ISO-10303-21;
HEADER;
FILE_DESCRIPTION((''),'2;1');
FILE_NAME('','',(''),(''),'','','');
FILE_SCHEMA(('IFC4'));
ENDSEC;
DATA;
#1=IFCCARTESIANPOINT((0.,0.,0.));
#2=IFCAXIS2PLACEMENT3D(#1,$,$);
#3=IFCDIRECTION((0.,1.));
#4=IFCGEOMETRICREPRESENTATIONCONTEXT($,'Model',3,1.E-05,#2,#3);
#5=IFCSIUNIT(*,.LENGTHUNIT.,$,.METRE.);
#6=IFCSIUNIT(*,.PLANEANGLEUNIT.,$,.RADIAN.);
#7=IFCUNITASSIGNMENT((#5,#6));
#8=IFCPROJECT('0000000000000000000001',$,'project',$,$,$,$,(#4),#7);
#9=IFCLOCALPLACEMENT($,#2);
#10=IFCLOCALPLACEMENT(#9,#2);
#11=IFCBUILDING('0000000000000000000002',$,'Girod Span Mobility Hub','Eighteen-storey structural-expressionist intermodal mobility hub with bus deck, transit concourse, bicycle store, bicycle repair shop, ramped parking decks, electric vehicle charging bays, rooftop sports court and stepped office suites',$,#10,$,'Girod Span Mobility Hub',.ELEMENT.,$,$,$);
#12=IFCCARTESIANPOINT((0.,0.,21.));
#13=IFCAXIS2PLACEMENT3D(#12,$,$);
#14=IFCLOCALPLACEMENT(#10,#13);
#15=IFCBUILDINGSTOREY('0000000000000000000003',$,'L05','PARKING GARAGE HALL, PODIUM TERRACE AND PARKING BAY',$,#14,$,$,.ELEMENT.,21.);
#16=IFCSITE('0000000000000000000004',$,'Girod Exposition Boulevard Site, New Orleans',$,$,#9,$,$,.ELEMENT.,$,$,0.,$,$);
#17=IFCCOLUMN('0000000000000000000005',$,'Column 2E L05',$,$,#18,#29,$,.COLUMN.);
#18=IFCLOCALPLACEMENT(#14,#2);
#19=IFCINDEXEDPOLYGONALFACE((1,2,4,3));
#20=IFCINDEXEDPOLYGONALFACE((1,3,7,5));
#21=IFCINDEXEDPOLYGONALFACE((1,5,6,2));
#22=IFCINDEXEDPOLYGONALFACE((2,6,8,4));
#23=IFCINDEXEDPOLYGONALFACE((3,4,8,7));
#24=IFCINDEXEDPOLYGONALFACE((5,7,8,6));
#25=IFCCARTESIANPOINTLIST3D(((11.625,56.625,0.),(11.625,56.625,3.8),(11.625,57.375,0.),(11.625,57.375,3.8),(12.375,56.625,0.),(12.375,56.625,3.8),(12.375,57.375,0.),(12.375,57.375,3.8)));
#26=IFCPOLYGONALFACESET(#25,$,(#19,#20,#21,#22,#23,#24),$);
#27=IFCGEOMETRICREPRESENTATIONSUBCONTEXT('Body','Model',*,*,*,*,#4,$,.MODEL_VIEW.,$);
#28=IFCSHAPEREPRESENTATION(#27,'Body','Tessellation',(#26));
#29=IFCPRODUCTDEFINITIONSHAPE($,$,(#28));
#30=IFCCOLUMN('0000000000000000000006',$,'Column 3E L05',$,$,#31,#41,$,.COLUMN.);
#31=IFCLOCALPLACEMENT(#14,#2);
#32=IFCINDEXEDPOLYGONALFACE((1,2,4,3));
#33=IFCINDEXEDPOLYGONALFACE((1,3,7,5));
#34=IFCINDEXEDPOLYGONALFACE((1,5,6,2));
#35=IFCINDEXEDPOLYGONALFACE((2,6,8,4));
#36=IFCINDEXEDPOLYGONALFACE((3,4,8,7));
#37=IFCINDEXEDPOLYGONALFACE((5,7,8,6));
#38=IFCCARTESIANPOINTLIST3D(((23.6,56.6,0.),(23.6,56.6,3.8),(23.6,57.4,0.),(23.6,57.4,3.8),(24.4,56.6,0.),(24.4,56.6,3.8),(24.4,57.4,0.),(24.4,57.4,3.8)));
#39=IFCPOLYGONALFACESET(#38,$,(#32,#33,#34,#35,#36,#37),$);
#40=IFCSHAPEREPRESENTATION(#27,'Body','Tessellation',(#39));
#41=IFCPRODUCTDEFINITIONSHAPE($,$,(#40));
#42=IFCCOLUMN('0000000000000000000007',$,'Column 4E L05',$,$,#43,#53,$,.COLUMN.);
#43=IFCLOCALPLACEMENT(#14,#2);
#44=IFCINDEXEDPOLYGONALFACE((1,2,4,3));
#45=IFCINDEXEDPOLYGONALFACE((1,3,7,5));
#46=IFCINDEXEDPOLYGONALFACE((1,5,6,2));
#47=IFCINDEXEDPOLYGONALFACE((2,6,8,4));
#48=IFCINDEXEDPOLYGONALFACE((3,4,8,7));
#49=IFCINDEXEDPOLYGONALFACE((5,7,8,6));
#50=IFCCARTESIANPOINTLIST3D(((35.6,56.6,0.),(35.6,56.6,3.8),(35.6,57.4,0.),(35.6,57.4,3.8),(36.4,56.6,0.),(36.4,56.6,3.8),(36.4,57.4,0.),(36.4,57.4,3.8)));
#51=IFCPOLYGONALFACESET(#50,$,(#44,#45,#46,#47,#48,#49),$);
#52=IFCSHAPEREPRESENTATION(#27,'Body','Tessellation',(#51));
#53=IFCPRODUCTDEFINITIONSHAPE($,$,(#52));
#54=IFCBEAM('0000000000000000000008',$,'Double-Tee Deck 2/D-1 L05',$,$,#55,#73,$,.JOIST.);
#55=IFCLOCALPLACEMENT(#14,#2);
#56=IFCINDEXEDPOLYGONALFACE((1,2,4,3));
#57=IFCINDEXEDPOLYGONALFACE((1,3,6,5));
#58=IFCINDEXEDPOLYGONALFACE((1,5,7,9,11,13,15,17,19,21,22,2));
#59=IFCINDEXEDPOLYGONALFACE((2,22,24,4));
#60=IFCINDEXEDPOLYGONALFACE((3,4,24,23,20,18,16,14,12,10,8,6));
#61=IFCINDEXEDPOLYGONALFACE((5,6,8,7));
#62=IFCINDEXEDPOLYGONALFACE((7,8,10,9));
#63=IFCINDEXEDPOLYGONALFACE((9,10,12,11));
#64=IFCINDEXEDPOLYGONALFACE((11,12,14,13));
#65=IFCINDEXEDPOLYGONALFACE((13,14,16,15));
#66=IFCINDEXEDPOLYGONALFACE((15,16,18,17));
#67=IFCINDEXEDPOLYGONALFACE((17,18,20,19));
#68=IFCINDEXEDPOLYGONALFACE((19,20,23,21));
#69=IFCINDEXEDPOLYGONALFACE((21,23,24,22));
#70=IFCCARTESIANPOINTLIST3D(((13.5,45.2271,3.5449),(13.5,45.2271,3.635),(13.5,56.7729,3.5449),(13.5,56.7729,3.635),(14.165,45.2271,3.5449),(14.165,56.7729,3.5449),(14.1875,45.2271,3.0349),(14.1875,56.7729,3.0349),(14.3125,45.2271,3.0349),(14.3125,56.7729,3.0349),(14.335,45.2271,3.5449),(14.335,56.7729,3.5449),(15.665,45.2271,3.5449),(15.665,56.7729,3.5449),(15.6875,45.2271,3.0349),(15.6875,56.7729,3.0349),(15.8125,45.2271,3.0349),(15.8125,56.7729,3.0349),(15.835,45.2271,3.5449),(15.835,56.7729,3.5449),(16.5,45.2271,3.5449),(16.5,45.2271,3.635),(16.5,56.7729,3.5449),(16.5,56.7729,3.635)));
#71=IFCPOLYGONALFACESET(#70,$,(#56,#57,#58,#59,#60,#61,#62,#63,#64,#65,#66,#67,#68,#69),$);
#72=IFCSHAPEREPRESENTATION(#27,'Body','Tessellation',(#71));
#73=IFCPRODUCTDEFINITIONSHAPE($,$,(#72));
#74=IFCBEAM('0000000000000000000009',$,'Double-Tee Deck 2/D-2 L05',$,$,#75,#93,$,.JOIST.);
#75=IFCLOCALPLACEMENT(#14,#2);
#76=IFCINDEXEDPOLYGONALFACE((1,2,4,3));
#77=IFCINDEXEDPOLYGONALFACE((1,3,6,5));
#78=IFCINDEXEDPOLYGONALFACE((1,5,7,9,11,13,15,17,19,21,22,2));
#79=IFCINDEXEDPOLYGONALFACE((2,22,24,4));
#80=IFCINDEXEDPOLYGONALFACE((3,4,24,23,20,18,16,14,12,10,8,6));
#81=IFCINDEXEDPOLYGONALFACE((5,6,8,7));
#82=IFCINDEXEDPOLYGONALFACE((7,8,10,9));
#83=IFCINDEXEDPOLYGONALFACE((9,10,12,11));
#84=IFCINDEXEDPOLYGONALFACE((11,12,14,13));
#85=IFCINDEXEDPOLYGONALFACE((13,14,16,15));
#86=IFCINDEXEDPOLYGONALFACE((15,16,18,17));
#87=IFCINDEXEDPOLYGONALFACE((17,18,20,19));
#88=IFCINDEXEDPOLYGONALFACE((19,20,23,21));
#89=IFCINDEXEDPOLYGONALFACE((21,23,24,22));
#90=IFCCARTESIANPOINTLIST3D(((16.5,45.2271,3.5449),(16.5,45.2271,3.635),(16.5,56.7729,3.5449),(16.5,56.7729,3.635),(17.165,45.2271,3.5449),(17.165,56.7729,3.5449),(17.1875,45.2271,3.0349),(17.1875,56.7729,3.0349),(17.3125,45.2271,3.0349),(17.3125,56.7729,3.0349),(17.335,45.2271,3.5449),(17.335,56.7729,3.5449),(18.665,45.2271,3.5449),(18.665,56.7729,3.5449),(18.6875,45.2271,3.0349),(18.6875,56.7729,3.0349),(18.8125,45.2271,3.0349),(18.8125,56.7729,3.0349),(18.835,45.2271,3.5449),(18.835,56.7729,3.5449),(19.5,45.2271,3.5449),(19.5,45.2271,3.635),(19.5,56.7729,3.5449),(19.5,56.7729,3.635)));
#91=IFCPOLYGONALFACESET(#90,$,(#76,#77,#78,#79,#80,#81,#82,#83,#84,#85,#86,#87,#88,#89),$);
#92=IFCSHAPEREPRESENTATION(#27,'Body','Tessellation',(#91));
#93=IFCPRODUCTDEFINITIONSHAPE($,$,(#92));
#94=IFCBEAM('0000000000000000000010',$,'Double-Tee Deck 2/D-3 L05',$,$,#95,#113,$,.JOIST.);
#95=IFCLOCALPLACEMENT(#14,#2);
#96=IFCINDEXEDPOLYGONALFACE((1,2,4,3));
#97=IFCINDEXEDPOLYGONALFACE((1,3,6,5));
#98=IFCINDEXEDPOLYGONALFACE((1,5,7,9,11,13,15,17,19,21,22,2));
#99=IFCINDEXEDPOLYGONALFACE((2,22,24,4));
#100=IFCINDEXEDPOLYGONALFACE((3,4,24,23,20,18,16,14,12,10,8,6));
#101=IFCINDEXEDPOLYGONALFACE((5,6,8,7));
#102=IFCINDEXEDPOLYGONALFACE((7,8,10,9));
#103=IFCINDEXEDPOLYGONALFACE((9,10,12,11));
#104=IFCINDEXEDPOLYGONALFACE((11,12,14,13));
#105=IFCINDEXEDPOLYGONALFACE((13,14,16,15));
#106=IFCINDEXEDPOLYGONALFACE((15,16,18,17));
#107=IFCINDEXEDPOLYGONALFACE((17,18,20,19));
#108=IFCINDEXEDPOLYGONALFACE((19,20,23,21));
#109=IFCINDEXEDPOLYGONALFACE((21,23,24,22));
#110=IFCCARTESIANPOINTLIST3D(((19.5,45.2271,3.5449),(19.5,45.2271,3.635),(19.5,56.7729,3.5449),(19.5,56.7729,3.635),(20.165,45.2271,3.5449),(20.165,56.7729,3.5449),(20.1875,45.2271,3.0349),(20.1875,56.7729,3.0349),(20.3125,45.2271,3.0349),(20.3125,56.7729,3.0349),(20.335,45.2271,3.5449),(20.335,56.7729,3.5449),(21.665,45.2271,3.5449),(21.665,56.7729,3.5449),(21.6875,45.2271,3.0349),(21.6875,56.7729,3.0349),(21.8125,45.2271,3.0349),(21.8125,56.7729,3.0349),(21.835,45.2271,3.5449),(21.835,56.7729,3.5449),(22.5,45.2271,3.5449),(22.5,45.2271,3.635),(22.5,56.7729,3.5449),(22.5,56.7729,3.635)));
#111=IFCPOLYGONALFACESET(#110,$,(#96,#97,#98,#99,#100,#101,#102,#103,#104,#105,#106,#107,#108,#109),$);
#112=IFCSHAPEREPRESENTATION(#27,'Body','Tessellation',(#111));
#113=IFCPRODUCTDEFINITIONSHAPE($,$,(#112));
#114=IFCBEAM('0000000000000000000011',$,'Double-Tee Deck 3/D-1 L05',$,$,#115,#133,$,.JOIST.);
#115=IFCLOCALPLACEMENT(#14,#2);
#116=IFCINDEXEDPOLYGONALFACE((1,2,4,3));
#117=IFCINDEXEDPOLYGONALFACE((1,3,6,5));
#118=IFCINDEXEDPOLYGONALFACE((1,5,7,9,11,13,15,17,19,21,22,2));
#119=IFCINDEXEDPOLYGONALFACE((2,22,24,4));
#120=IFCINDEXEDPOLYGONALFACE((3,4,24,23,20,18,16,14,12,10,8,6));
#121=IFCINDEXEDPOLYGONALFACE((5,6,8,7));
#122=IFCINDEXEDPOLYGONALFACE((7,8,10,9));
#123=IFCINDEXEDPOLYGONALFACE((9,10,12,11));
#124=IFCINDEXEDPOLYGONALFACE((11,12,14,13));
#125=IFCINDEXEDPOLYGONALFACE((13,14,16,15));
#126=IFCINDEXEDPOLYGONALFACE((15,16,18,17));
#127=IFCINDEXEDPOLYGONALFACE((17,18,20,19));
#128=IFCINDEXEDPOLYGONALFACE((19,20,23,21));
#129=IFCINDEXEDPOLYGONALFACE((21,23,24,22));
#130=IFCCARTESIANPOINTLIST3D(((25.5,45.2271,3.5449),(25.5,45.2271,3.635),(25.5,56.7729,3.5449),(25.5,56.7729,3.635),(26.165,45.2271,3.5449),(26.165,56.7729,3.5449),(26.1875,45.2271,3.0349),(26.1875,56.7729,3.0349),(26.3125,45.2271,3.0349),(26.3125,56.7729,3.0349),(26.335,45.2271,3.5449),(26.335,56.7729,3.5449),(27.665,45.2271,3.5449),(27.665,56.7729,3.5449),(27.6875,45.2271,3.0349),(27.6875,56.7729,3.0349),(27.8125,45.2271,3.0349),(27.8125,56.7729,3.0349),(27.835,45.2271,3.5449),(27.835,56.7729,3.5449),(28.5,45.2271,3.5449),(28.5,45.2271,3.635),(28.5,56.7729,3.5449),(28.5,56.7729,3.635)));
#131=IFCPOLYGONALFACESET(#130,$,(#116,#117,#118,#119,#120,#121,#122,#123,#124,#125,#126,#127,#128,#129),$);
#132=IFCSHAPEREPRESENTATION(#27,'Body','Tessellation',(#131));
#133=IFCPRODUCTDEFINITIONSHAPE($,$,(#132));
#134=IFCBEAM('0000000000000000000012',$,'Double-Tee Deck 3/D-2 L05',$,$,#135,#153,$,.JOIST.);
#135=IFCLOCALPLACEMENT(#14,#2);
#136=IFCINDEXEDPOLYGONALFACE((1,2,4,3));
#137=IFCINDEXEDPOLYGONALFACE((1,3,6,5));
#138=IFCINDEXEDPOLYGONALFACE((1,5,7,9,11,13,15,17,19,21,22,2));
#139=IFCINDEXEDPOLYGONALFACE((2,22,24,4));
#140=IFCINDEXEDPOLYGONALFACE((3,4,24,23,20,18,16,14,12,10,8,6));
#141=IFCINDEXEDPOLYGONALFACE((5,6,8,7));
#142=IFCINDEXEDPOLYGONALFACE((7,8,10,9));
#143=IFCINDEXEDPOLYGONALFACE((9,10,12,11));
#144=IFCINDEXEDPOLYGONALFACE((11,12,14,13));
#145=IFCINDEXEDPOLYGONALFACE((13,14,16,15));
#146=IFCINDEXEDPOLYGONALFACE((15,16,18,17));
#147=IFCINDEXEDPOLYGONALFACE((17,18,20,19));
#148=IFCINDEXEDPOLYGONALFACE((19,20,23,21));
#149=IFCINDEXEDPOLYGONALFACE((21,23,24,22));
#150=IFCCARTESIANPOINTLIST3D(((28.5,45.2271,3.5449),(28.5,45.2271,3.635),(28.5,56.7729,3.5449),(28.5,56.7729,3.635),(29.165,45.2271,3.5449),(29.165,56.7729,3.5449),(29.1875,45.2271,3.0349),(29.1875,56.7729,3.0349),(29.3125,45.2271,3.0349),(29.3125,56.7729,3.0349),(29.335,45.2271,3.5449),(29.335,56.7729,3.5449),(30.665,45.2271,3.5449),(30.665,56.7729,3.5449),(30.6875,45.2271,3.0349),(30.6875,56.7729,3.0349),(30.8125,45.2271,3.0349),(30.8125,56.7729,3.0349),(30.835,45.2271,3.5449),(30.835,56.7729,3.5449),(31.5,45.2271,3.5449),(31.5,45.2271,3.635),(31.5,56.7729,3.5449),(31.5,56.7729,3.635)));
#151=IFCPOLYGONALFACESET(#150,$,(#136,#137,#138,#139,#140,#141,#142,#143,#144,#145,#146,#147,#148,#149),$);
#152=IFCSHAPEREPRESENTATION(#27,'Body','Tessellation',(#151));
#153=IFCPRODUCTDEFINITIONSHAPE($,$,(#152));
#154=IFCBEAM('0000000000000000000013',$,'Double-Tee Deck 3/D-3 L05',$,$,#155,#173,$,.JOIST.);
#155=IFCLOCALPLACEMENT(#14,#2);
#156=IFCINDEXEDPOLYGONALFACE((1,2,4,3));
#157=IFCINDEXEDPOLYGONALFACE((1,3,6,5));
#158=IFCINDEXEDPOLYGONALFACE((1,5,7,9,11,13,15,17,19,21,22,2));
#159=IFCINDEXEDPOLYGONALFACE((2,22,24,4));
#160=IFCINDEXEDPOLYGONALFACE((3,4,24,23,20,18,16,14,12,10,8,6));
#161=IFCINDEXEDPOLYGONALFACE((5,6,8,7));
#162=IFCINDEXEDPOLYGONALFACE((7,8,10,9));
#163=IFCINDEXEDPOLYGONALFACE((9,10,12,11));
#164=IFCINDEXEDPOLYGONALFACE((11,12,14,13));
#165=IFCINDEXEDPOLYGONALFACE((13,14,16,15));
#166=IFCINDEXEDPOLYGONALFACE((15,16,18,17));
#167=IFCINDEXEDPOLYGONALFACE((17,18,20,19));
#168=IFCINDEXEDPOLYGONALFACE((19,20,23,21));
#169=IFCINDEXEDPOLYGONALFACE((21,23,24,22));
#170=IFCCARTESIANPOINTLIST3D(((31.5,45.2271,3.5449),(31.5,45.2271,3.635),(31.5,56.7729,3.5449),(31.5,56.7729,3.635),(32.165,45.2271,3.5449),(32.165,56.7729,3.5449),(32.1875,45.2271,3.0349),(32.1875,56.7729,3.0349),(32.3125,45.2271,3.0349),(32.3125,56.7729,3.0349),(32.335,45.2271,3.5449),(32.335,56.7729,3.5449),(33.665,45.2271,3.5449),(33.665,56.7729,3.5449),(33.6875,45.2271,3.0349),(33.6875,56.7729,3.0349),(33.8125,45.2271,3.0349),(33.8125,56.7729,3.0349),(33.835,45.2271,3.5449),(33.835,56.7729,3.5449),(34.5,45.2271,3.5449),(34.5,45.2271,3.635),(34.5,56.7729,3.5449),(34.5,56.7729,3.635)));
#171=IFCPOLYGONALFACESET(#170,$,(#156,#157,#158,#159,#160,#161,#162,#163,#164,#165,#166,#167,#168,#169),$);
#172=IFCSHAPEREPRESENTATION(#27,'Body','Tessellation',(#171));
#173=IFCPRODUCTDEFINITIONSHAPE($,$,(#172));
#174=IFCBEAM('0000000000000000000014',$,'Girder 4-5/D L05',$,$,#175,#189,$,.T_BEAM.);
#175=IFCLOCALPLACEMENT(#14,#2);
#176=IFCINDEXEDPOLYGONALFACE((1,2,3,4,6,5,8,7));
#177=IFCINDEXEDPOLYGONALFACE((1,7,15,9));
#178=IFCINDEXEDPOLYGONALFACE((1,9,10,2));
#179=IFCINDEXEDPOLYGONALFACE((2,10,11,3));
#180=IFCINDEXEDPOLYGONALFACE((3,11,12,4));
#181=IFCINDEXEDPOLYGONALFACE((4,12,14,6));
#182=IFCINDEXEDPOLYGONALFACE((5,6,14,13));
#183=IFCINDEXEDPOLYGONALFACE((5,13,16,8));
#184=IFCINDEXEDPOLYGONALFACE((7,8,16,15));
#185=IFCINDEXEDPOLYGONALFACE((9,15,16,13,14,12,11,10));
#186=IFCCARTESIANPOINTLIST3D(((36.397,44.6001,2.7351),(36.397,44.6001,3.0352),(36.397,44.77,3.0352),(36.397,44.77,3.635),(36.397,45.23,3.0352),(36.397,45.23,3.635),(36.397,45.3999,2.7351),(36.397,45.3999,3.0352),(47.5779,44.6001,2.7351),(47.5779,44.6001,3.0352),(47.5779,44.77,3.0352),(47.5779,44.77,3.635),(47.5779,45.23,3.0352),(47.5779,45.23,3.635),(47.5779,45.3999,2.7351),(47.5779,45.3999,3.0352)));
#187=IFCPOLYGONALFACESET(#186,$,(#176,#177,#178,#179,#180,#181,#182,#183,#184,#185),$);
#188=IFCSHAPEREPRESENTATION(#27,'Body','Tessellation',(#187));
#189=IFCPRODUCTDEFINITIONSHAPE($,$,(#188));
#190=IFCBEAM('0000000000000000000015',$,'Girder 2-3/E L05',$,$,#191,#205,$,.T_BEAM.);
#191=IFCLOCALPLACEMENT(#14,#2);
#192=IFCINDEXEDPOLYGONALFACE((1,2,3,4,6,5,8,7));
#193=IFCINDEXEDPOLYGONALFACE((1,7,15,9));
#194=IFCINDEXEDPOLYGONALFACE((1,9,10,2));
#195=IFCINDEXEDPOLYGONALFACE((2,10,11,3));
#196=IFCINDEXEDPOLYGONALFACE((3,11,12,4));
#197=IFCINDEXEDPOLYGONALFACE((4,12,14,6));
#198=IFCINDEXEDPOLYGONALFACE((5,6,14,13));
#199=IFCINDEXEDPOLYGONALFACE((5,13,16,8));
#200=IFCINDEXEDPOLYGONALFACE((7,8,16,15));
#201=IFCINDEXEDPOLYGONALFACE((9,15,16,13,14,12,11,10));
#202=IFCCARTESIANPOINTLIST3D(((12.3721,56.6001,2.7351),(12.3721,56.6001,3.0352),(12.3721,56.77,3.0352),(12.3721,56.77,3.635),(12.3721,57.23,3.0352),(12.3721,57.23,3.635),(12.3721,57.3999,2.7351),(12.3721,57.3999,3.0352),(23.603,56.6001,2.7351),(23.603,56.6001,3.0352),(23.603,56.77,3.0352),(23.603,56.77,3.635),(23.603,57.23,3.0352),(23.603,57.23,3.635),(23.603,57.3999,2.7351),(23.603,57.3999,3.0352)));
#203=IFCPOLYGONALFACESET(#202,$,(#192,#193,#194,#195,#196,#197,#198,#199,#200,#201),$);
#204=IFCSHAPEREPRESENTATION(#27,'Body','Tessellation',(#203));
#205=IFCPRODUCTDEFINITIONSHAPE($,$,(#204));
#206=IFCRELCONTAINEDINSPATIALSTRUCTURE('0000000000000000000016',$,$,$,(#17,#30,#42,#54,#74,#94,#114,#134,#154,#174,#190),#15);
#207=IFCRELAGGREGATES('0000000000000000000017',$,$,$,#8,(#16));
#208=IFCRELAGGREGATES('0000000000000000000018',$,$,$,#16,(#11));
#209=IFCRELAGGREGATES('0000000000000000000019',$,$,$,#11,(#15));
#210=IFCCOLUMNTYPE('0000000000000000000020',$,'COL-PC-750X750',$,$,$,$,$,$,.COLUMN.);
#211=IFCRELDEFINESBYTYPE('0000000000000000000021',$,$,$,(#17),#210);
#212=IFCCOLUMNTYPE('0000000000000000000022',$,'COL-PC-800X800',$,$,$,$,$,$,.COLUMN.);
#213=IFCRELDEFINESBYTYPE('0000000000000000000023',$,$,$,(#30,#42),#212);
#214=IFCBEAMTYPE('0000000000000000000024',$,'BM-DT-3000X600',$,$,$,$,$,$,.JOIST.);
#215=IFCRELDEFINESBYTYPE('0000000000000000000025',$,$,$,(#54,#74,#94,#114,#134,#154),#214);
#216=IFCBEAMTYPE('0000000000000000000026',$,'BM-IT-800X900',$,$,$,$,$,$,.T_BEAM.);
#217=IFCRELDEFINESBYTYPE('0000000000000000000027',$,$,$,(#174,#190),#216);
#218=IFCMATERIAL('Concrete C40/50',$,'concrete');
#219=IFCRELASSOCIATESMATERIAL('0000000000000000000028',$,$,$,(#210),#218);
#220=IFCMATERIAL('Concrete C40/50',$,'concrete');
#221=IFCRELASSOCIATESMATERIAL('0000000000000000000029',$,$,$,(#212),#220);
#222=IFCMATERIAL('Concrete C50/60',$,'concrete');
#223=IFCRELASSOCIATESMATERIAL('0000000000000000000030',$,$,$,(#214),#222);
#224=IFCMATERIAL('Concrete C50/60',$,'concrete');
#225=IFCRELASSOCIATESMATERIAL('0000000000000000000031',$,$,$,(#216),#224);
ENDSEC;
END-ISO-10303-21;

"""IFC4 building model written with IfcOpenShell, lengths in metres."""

from ifc_helpers import new_model, si_unit, direction, frame, origin, origin_2d, place, context, subcontext, project, spatial, polyline, rectangle, outline, extrude, material, material_profile, profile_set, type_object, element, save


model = new_model("IFC4")

# Units and contexts
model_context = context("Model", 3, precision=1e-05, world=origin(), true_north=direction((0.0, 1.0)))
body_context = subcontext(model_context, "Body", "Model", "MODEL_VIEW")
ifc_project = project(units=[si_unit("LENGTHUNIT", "METRE"), si_unit("PLANEANGLEUNIT", "RADIAN")], contexts=[model_context])

# Site, building, storey
site_placement = place(None, origin())
site = spatial("IfcSite", under=ifc_project, at=site_placement, Name="Girod Exposition Boulevard Site, New Orleans", CompositionType="ELEMENT", RefElevation=0.0)
building_placement = place(site_placement, origin())
building = spatial("IfcBuilding", under=site, at=building_placement, Name="Girod Span Mobility Hub", Description="Eighteen-storey structural-expressionist intermodal mobility hub with bus deck, transit concourse, bicycle store, bicycle repair shop, ramped parking decks, electric vehicle charging bays, rooftop sports court and stepped office suites", LongName="Girod Span Mobility Hub", CompositionType="ELEMENT")
storey_placement = place(building_placement, frame((0.0, 0.0, 21.0)))
storey = spatial("IfcBuildingStorey", under=building, at=storey_placement, Name="L05", Description="PARKING GARAGE HALL, PODIUM TERRACE AND PARKING BAY", CompositionType="ELEMENT", Elevation=21.0)

# Columns
ifc_material_1 = material(Name="Concrete C40/50", Category="concrete")
ifc_material_profile_1 = material_profile(ifc_material_1, rectangle(XDim=0.75, YDim=0.75, at=origin_2d()), Name="PC-COL-750X750")
ifc_profile_set_1 = profile_set([ifc_material_profile_1], Name="Concrete C40/50")
column_type_1 = type_object("IfcColumnType", Name="COL-PC-750X750", PredefinedType="COLUMN", material=ifc_profile_set_1)
column_placement = place(storey_placement, frame((12.0, 57.0, 0.0), z_axis=(0.0, 0.0, 1.0), x_axis=(1.0, 0.0, 0.0)))
element("IfcColumn", 1, at=column_placement, inside=storey, type_object=column_type_1, Name="Column 2E L05", PredefinedType="COLUMN", context=body_context, shape_type="SweptSolid", body=[
    extrude(rectangle(XDim=0.75, YDim=0.75, at=origin_2d()), origin(), (0.0, 0.0, 1.0), 3.8),
])
ifc_material_2 = material(Name="Concrete C40/50", Category="concrete")
ifc_material_profile_2 = material_profile(ifc_material_2, rectangle(XDim=0.8, YDim=0.8, at=origin_2d()), Name="PC-COL-800X800")
ifc_profile_set_2 = profile_set([ifc_material_profile_2], Name="Concrete C40/50")
column_type_2 = type_object("IfcColumnType", Name="COL-PC-800X800", PredefinedType="COLUMN", material=ifc_profile_set_2)
for number, where, z_axis, x_axis, name in (
    (2, (24.0, 57.0, 0.0), (0.0, 0.0, 1.0), (1.0, 0.0, 0.0), "Column 3E L05"),
    (3, (36.0, 57.0, 0.0), (0.0, 0.0, 1.0), (1.0, 0.0, 0.0), "Column 4E L05"),
):
    element("IfcColumn", number, at=place(storey_placement, frame(where, z_axis=z_axis, x_axis=x_axis)), inside=storey, type_object=column_type_2, Name=name, PredefinedType="COLUMN", context=body_context, shape_type="SweptSolid", body=[
        extrude(rectangle(XDim=0.8, YDim=0.8, at=origin_2d()), origin(), (0.0, 0.0, 1.0), 3.8),
    ])

# Beams
ifc_material_3 = material(Name="Concrete C50/60", Category="concrete")
ifc_material_profile_3 = material_profile(ifc_material_3, outline(polyline([(-1.5, 0.3), (-1.5, 0.21), (-0.835, 0.21), (-0.8125, -0.3), (-0.6875, -0.3), (-0.665, 0.21), (0.665, 0.21), (0.6875, -0.3), (0.8125, -0.3), (0.835, 0.21), (1.5, 0.21), (1.5, 0.3), (-1.5, 0.3)])), Name="DT-3000X600")
ifc_profile_set_3 = profile_set([ifc_material_profile_3], Name="Concrete C50/60")
beam_type_1 = type_object("IfcBeamType", Name="BM-DT-3000X600", PredefinedType="JOIST", material=ifc_profile_set_3)
for number, where, z_axis, x_axis, name in (
    (4, (15.0, 45.2271, 3.335), (0.0, 1.0, 0.0), (-1.0, 0.0, 0.0), "Double-Tee Deck 2/D-1 L05"),
    (5, (18.0, 45.2271, 3.335), (0.0, 1.0, 0.0), (-1.0, 0.0, 0.0), "Double-Tee Deck 2/D-2 L05"),
    (6, (21.0, 45.2271, 3.335), (0.0, 1.0, 0.0), (-1.0, 0.0, 0.0), "Double-Tee Deck 2/D-3 L05"),
    (7, (27.0, 45.2271, 3.335), (0.0, 1.0, 0.0), (-1.0, 0.0, 0.0), "Double-Tee Deck 3/D-1 L05"),
    (8, (30.0, 45.2271, 3.335), (0.0, 1.0, 0.0), (-1.0, 0.0, 0.0), "Double-Tee Deck 3/D-2 L05"),
    (9, (33.0, 45.2271, 3.335), (0.0, 1.0, 0.0), (-1.0, 0.0, 0.0), "Double-Tee Deck 3/D-3 L05"),
):
    element("IfcBeam", number, at=place(storey_placement, frame(where, z_axis=z_axis, x_axis=x_axis)), inside=storey, type_object=beam_type_1, Name=name, PredefinedType="JOIST", context=body_context, shape_type="SweptSolid", body=[
        extrude(outline(polyline([(-1.5, 0.3), (-1.5, 0.21), (-0.835, 0.21), (-0.8125, -0.3), (-0.6875, -0.3), (-0.665, 0.21), (0.665, 0.21), (0.6875, -0.3), (0.8125, -0.3), (0.835, 0.21), (1.5, 0.21), (1.5, 0.3), (-1.5, 0.3)])), origin(), (0.0, 0.0, 1.0), 11.5459),
    ])
ifc_material_4 = material(Name="Concrete C50/60", Category="concrete")
ifc_material_profile_4 = material_profile(ifc_material_4, outline(polyline([(-0.3999, -0.45), (0.3999, -0.45), (0.3999, -0.1499), (0.23, -0.1499), (0.23, 0.45), (-0.23, 0.45), (-0.23, -0.1499), (-0.3999, -0.1499), (-0.3999, -0.45)])), Name="IT-800X900")
ifc_profile_set_4 = profile_set([ifc_material_profile_4], Name="Concrete C50/60")
beam_type_2 = type_object("IfcBeamType", Name="BM-IT-800X900", PredefinedType="T_BEAM", material=ifc_profile_set_4)
beam_1_placement = place(storey_placement, frame((36.397, 45.0, 3.1851), z_axis=(1.0, 0.0, 0.0), x_axis=(0.0, 1.0, 0.0)))
element("IfcBeam", 10, at=beam_1_placement, inside=storey, type_object=beam_type_2, Name="Girder 4-5/D L05", PredefinedType="T_BEAM", context=body_context, shape_type="SweptSolid", body=[
    extrude(outline(polyline([(-0.3999, -0.45), (0.3999, -0.45), (0.3999, -0.1499), (0.23, -0.1499), (0.23, 0.45), (-0.23, 0.45), (-0.23, -0.1499), (-0.3999, -0.1499), (-0.3999, -0.45)])), origin(), (0.0, 0.0, 1.0), 11.1809),
])
beam_2_placement = place(storey_placement, frame((12.3721, 57.0, 3.1851), z_axis=(1.0, 0.0, 0.0), x_axis=(0.0, 1.0, 0.0)))
element("IfcBeam", 11, at=beam_2_placement, inside=storey, type_object=beam_type_2, Name="Girder 2-3/E L05", PredefinedType="T_BEAM", context=body_context, shape_type="SweptSolid", body=[
    extrude(outline(polyline([(-0.3999, -0.45), (0.3999, -0.45), (0.3999, -0.1499), (0.23, -0.1499), (0.23, 0.45), (-0.23, 0.45), (-0.23, -0.1499), (-0.3999, -0.1499), (-0.3999, -0.45)])), origin(), (0.0, 0.0, 1.0), 11.231),
])

save(model, "model.ifc")
